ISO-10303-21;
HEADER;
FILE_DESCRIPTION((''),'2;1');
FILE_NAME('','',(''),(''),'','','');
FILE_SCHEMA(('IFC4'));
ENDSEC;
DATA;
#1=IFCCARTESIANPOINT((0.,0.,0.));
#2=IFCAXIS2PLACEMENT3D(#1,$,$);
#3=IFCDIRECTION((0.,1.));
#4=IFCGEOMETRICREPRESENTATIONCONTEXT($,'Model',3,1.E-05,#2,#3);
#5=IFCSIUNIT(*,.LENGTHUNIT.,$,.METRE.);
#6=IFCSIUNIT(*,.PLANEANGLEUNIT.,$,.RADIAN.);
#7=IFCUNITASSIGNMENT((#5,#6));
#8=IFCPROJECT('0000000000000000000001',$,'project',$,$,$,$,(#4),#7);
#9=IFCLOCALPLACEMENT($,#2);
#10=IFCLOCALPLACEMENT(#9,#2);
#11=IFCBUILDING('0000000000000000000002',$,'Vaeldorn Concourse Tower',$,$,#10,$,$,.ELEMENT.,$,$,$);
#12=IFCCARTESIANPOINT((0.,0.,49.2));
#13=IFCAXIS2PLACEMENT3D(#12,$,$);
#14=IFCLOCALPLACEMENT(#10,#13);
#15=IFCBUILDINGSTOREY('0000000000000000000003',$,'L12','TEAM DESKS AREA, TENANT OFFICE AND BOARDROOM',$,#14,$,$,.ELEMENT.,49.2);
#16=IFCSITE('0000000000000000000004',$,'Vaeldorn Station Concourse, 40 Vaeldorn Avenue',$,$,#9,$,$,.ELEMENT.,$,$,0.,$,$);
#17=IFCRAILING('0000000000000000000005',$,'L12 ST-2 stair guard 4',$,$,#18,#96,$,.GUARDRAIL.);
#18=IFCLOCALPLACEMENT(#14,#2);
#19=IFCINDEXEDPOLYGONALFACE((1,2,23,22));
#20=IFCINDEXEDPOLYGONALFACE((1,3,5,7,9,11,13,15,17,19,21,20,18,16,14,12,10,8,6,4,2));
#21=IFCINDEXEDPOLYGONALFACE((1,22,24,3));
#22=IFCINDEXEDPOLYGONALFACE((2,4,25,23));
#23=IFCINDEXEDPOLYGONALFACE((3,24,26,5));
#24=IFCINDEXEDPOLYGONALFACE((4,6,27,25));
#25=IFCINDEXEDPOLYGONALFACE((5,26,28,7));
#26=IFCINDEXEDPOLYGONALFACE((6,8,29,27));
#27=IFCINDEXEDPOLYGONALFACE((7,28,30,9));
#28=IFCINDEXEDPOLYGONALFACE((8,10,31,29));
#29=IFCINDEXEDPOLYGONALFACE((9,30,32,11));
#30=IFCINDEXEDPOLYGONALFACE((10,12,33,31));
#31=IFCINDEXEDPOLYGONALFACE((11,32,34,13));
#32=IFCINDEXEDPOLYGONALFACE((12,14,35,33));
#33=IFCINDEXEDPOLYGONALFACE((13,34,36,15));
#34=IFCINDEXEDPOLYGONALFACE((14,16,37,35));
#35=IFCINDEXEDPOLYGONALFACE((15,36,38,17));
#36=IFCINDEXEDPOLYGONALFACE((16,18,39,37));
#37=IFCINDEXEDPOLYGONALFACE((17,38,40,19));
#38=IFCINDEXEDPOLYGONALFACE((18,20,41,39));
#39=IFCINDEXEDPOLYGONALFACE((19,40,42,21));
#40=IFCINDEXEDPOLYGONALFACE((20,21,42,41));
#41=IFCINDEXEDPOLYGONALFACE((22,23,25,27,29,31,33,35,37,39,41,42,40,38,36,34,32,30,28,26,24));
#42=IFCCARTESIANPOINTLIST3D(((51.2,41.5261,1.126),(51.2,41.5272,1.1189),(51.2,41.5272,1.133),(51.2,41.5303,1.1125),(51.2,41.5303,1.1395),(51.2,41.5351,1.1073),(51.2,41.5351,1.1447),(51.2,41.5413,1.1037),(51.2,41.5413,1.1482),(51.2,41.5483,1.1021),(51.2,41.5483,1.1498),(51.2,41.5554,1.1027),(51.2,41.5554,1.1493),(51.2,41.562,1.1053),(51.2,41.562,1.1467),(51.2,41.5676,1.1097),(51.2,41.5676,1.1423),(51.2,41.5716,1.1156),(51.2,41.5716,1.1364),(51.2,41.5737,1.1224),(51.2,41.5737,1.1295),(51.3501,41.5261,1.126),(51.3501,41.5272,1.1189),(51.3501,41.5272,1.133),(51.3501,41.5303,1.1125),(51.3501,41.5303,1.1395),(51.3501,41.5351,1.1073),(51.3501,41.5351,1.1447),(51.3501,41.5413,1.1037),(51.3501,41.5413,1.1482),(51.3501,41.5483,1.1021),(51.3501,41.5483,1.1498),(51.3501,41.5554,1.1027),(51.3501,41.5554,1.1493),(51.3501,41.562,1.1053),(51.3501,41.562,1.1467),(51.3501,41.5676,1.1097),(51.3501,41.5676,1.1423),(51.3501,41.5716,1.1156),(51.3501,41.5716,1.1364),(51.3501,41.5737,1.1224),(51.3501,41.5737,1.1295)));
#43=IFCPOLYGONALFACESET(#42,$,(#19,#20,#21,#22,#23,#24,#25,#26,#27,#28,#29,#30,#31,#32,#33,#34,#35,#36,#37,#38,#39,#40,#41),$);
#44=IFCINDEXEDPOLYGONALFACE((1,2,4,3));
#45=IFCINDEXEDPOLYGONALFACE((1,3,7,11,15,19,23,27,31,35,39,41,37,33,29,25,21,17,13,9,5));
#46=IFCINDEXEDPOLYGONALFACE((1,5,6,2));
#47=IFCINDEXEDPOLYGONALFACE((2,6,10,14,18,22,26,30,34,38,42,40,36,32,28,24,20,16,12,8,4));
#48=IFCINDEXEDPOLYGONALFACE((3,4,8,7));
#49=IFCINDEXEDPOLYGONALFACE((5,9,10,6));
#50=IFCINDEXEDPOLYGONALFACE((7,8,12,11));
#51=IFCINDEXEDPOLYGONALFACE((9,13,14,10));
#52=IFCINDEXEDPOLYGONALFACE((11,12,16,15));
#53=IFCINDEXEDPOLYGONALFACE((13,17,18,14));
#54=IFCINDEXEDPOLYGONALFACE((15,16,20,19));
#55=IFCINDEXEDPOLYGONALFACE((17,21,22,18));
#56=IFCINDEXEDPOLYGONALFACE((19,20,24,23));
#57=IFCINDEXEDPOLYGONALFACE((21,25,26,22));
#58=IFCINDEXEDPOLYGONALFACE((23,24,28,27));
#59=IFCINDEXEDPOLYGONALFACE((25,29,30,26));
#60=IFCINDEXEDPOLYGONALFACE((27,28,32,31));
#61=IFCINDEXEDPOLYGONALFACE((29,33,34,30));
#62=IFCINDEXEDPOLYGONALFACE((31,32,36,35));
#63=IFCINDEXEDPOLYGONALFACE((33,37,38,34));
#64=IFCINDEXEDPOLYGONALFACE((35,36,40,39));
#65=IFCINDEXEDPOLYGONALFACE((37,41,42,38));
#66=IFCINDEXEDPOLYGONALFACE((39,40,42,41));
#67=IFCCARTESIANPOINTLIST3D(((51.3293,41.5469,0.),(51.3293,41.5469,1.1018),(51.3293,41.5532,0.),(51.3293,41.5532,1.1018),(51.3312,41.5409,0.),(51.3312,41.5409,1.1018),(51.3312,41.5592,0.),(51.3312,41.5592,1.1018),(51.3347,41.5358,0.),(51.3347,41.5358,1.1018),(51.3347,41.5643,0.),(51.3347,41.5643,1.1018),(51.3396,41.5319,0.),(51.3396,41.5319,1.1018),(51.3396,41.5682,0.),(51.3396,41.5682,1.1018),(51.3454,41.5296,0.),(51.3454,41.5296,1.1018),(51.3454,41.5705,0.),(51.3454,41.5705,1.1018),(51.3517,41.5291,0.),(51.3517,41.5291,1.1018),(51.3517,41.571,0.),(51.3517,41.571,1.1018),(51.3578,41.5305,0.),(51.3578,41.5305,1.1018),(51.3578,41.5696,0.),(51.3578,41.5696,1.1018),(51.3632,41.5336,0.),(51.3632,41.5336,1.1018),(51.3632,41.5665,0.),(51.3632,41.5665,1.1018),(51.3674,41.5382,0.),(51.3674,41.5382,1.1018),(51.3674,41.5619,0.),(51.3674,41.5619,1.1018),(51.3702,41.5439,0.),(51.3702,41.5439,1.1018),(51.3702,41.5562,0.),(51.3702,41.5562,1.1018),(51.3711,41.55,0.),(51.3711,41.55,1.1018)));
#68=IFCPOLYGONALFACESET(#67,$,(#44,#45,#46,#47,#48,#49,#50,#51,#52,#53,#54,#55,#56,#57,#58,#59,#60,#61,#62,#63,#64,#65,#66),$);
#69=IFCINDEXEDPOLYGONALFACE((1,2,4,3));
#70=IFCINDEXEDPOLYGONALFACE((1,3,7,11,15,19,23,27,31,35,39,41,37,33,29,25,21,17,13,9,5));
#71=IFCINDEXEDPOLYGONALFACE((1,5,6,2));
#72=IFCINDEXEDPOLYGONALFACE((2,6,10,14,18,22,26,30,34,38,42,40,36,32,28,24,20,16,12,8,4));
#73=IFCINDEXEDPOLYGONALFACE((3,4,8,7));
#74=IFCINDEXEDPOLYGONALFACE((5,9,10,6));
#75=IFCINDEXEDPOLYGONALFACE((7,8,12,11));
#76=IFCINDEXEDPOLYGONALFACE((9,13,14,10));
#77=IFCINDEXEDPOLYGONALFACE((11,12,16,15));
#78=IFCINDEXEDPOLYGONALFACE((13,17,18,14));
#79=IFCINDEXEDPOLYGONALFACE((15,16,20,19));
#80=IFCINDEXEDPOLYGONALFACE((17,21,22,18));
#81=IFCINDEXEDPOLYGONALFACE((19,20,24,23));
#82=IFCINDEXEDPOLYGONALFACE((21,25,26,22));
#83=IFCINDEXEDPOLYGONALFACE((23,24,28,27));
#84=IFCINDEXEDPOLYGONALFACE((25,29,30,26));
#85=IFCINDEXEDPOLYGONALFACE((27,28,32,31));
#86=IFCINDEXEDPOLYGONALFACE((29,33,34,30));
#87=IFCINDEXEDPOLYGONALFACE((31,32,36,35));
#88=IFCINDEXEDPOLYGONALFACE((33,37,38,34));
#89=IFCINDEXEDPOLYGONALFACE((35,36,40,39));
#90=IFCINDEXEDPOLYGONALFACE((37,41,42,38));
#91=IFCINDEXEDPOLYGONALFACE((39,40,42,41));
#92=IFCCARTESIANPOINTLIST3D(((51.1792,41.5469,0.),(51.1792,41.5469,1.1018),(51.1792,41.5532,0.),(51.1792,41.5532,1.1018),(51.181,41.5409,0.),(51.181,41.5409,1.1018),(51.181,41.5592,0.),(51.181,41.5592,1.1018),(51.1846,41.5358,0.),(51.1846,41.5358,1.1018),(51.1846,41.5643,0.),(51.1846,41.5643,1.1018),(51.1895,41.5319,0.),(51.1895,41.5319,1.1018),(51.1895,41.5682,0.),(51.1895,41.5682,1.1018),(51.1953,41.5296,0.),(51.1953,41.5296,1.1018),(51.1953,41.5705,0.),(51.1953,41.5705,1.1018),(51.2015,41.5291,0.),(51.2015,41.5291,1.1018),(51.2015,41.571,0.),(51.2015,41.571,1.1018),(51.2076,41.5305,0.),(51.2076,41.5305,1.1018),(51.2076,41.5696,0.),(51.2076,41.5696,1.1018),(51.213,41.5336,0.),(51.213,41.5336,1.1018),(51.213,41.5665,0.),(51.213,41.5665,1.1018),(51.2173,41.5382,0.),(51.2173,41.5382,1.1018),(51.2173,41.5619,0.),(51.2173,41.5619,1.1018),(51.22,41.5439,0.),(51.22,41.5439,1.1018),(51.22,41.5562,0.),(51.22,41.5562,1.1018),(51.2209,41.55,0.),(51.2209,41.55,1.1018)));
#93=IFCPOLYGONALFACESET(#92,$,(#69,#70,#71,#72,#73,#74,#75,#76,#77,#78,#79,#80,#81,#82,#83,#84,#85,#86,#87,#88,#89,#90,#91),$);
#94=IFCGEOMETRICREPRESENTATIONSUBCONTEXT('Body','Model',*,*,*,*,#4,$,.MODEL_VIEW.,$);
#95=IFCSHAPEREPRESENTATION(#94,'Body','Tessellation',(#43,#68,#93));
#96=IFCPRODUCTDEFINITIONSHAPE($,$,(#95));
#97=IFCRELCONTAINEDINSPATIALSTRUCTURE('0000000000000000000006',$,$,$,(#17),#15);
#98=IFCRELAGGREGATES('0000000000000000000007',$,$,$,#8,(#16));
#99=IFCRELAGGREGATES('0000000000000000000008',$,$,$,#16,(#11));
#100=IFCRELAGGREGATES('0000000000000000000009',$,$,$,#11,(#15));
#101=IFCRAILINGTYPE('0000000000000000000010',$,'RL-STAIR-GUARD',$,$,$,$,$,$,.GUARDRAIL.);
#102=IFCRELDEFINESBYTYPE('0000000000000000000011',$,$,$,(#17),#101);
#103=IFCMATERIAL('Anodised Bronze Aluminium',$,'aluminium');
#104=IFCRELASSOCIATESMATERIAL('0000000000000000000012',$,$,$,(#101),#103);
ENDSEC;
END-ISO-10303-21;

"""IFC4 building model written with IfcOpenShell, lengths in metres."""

from ifc_helpers import new_model, si_unit, direction, frame, origin, origin_2d, place, context, subcontext, project, spatial, circle, extrude, material, type_object, element, save


model = new_model("IFC4")

# Units and contexts
model_context = context("Model", 3, precision=1e-05, world=origin(), true_north=direction((0.0, 1.0)))
body_context = subcontext(model_context, "Body", "Model", "MODEL_VIEW")
ifc_project = project(units=[si_unit("LENGTHUNIT", "METRE"), si_unit("PLANEANGLEUNIT", "RADIAN")], contexts=[model_context])

# Site, building, storey
site_placement = place(None, origin())
site = spatial("IfcSite", under=ifc_project, at=site_placement, Name="Vaeldorn Station Concourse, 40 Vaeldorn Avenue", CompositionType="ELEMENT", RefElevation=0.0)
building_placement = place(site_placement, origin())
building = spatial("IfcBuilding", under=site, at=building_placement, Name="Vaeldorn Concourse Tower", CompositionType="ELEMENT")
storey_placement = place(building_placement, frame((0.0, 0.0, 49.2)))
storey = spatial("IfcBuildingStorey", under=building, at=storey_placement, Name="L12", Description="TEAM DESKS AREA, TENANT OFFICE AND BOARDROOM", CompositionType="ELEMENT", Elevation=49.2)

# Shared definitions
ifc_material_1 = material(Name="Anodised Bronze Aluminium", Category="aluminium")

# Railing
railing_type_1 = type_object("IfcRailingType", Name="RL-STAIR-GUARD", PredefinedType="GUARDRAIL", material=ifc_material_1)
railing_1_placement = place(storey_placement, frame((51.3501, 41.55, 0.0)))
element("IfcRailing", 1, at=railing_1_placement, inside=storey, type_object=railing_type_1, Name="L12 ST-2 stair guard 4", PredefinedType="GUARDRAIL", context=body_context, shape_type="SweptSolid", body=[
    extrude(circle(Radius=0.0239, at=origin_2d()), frame((0.0, 0.0, 1.126), z_axis=(-1.0, 0.0, 0.0), x_axis=(0.0, -1.0, 0.0)), (0.0, 0.0, 1.0), 0.1501),
    extrude(circle(Radius=0.021, at=origin_2d()), origin(), (0.0, 0.0, 1.0), 1.1018),
    extrude(circle(Radius=0.021, at=origin_2d()), frame((-0.1501, 0.0, 0.0)), (0.0, 0.0, 1.0), 1.1018),
])

save(model, "model.ifc")
